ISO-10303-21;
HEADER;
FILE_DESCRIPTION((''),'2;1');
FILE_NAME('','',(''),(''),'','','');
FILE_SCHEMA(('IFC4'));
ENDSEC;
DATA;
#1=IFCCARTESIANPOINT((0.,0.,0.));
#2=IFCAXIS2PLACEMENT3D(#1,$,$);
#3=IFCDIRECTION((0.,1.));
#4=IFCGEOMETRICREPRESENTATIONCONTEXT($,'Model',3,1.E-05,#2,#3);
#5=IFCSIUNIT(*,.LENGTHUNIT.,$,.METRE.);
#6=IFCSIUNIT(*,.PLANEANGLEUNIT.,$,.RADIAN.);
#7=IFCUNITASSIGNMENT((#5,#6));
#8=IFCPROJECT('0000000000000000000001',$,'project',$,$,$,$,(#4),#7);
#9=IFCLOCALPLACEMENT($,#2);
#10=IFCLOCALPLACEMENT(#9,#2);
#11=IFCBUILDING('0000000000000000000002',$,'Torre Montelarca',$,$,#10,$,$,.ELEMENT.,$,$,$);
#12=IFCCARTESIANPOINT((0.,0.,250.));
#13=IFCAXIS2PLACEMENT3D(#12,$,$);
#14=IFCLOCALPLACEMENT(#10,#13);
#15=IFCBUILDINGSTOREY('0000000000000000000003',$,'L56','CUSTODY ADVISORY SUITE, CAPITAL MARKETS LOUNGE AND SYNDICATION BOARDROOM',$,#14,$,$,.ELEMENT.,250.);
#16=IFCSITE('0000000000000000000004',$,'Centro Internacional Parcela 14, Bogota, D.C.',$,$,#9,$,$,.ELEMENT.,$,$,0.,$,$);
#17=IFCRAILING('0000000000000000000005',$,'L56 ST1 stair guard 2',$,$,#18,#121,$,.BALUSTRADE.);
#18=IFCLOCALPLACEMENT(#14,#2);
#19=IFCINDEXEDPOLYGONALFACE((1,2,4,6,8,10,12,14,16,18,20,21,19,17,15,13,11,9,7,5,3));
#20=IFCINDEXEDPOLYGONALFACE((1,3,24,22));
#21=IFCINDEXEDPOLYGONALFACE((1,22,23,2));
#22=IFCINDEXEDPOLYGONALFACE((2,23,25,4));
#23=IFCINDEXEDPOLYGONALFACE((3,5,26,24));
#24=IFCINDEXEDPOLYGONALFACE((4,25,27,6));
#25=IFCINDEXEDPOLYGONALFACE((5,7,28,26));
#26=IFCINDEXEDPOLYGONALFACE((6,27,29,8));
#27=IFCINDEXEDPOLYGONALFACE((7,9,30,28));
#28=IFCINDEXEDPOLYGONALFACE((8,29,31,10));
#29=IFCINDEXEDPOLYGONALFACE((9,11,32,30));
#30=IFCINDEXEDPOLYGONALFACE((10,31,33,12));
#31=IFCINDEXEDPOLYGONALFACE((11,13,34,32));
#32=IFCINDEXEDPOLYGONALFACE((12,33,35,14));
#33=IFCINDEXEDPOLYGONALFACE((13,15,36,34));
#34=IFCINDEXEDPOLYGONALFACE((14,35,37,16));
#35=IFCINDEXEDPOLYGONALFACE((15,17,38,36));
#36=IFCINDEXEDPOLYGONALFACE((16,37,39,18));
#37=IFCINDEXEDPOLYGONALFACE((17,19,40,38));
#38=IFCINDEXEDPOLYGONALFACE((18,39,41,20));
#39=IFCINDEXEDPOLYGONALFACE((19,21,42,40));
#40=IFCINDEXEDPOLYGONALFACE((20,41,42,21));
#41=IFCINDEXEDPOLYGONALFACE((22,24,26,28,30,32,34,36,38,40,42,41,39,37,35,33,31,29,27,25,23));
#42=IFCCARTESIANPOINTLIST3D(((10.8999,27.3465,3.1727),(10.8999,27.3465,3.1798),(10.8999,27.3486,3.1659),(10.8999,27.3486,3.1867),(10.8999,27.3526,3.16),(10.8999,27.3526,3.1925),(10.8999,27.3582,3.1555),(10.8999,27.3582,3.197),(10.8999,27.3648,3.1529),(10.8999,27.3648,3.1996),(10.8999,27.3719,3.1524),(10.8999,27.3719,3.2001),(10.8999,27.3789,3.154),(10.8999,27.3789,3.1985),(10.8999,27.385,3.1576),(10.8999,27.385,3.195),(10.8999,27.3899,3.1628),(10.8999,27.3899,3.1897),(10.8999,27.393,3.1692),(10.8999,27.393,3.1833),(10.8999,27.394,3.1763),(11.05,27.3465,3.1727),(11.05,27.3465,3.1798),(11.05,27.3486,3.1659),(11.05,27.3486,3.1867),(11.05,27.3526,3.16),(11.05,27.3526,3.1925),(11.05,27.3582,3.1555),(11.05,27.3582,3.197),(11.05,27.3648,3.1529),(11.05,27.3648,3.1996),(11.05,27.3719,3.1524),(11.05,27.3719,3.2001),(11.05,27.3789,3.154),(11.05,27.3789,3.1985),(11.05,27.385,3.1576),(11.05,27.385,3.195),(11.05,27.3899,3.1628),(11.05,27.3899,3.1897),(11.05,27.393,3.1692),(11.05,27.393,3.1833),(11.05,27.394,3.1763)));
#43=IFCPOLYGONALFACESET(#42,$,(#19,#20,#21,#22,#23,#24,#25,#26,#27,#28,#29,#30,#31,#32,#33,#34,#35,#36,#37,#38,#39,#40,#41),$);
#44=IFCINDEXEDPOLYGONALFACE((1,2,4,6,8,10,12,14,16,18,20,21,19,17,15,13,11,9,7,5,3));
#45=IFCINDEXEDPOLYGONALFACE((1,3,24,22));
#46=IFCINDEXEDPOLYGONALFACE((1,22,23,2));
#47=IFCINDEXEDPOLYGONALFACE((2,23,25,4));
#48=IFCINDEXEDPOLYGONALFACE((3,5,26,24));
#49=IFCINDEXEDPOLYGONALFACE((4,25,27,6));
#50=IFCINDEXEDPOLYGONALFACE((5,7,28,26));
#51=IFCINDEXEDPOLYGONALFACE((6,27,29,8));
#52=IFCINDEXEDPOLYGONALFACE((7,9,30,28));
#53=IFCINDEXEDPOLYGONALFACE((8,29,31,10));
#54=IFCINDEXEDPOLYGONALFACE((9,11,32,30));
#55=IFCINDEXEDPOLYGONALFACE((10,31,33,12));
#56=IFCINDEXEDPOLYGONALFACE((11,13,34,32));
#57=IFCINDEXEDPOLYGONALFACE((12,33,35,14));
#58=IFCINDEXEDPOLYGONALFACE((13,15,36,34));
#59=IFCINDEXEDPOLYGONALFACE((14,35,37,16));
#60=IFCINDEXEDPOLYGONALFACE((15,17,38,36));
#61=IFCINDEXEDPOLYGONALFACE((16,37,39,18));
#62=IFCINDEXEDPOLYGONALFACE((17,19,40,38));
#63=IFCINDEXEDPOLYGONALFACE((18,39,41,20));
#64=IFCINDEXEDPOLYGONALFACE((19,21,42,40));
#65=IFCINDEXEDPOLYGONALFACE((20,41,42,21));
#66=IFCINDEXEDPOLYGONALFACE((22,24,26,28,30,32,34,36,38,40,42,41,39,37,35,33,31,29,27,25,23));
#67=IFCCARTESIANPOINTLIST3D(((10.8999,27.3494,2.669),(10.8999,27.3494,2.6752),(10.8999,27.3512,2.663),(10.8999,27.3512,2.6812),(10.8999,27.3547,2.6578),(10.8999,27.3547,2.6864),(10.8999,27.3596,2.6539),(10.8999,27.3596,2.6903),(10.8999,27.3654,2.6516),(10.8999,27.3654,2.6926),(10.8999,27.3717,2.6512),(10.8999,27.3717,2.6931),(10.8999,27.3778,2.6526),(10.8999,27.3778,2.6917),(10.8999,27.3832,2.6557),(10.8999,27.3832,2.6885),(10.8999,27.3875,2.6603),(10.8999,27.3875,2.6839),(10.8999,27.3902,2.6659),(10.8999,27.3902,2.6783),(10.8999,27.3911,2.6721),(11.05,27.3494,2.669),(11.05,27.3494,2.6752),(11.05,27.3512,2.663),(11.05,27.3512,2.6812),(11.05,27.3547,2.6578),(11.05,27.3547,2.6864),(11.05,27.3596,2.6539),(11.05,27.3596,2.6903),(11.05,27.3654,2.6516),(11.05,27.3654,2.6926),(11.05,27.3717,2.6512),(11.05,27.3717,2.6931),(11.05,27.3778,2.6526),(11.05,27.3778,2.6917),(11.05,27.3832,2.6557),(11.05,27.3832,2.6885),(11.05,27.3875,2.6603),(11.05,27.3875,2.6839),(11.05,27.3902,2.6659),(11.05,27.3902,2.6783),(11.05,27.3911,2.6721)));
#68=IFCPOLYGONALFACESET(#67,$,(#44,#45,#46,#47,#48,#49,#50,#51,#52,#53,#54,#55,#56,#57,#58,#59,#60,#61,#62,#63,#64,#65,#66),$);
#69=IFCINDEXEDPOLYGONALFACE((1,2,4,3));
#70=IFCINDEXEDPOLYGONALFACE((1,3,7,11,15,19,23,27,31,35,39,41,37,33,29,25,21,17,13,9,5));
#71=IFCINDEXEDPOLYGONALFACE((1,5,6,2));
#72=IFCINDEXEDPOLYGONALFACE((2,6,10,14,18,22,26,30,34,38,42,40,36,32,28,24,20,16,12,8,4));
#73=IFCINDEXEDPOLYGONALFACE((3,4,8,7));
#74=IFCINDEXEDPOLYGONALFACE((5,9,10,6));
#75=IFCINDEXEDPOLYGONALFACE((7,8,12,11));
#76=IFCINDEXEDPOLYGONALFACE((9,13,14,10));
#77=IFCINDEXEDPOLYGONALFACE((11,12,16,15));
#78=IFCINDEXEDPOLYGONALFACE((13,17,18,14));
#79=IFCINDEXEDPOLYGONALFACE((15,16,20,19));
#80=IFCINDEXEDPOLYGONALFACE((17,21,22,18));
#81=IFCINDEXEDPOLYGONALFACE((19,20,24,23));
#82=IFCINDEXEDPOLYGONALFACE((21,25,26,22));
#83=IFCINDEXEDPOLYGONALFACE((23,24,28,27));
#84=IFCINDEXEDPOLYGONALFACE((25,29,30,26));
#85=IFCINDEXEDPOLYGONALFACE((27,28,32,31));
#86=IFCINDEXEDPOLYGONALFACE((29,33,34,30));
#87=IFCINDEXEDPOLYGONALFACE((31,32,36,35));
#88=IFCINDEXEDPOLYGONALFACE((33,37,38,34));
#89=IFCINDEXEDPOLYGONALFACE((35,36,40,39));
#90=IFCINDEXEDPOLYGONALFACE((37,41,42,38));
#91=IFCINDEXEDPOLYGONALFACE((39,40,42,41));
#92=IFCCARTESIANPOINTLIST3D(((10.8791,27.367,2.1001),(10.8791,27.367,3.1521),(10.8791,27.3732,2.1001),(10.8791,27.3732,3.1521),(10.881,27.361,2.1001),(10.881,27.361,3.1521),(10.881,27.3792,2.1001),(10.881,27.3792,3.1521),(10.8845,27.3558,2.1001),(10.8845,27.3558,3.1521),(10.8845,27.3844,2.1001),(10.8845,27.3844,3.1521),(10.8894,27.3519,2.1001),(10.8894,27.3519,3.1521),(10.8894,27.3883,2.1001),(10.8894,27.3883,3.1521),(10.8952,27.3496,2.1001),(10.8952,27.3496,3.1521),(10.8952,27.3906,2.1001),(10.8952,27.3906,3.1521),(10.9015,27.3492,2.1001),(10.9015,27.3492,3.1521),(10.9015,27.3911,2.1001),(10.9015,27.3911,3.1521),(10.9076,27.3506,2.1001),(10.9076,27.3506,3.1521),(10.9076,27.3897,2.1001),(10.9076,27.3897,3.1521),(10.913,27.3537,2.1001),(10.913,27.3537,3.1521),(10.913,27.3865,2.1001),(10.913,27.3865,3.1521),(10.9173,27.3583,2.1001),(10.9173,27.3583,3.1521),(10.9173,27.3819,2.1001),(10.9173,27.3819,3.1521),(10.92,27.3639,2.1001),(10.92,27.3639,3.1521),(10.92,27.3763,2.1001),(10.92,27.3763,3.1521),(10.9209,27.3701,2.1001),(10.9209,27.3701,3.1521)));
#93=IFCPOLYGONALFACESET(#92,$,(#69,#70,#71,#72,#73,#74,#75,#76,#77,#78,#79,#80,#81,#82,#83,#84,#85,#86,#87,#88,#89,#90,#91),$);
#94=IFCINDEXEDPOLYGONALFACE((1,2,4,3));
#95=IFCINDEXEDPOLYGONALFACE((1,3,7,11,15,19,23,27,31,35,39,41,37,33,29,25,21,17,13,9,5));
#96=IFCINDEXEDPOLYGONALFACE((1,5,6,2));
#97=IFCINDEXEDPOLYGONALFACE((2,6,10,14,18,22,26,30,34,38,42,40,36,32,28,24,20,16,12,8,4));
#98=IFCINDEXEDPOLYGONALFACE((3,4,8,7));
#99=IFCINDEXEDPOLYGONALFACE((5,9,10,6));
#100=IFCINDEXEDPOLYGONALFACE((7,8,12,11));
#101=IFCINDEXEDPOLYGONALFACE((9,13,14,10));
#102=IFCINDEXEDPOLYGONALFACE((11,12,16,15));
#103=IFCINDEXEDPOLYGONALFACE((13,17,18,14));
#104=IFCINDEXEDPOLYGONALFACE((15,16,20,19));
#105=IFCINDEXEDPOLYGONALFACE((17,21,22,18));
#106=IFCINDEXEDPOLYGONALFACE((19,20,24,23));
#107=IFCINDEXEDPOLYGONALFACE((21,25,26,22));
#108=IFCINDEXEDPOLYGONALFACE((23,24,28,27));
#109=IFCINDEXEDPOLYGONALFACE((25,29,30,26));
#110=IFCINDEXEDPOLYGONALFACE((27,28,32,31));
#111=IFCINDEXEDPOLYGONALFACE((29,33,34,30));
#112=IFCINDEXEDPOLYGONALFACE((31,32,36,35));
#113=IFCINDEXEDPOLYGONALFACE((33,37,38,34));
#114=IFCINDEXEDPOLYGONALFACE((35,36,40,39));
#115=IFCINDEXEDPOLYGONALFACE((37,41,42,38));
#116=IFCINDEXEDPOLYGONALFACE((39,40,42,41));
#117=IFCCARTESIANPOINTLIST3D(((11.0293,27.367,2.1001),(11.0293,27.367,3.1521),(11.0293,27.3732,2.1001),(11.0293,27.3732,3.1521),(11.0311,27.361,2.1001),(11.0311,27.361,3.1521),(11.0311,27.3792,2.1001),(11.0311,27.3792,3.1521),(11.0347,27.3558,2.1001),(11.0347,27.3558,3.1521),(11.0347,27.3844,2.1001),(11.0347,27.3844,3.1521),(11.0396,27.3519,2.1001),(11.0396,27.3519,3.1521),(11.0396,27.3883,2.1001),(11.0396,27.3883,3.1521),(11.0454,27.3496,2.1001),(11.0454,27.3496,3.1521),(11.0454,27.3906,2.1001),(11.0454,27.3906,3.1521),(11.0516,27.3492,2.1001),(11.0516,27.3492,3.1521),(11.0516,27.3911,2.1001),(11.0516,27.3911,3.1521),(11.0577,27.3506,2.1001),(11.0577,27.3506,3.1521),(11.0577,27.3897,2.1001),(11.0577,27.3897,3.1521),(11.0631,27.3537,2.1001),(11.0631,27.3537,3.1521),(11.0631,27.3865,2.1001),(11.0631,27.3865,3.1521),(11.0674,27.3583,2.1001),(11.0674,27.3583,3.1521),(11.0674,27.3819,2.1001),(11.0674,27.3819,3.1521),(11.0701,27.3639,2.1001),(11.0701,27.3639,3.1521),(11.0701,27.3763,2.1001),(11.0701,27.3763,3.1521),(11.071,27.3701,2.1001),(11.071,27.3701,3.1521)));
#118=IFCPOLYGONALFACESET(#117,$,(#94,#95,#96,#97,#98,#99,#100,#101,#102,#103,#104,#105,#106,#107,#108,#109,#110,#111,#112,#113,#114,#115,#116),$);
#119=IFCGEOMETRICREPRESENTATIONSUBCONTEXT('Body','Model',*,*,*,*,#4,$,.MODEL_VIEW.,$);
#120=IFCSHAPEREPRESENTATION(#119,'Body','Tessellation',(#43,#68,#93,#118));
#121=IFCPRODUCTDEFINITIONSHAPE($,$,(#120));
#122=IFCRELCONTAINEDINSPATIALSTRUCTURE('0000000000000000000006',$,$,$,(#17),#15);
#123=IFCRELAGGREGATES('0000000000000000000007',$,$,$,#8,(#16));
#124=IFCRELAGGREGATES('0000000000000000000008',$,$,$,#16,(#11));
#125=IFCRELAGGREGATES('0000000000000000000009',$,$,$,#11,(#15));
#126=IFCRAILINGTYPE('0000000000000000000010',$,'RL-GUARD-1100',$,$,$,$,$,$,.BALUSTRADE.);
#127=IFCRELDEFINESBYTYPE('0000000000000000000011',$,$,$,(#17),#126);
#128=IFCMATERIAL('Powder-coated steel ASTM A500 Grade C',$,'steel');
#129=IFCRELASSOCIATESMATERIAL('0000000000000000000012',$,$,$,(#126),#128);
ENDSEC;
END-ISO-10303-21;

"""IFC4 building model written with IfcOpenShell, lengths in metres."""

from ifc_helpers import new_model, si_unit, direction, frame, origin, origin_2d, place, context, subcontext, project, spatial, circle, extrude, material, type_object, element, save


model = new_model("IFC4")

# Units and contexts
model_context = context("Model", 3, precision=1e-05, world=origin(), true_north=direction((0.0, 1.0)))
body_context = subcontext(model_context, "Body", "Model", "MODEL_VIEW")
ifc_project = project(units=[si_unit("LENGTHUNIT", "METRE"), si_unit("PLANEANGLEUNIT", "RADIAN")], contexts=[model_context])

# Site, building, storey
site_placement = place(None, origin())
site = spatial("IfcSite", under=ifc_project, at=site_placement, Name="Centro Internacional Parcela 14, Bogota, D.C.", CompositionType="ELEMENT", RefElevation=0.0)
building_placement = place(site_placement, origin())
building = spatial("IfcBuilding", under=site, at=building_placement, Name="Torre Montelarca", CompositionType="ELEMENT")
storey_placement = place(building_placement, frame((0.0, 0.0, 250.0)))
storey = spatial("IfcBuildingStorey", under=building, at=storey_placement, Name="L56", Description="CUSTODY ADVISORY SUITE, CAPITAL MARKETS LOUNGE AND SYNDICATION BOARDROOM", CompositionType="ELEMENT", Elevation=250.0)

# Railing
ifc_material_1 = material(Name="Powder-coated steel ASTM A500 Grade C", Category="steel")
railing_type_1 = type_object("IfcRailingType", Name="RL-GUARD-1100", PredefinedType="BALUSTRADE", material=ifc_material_1)
railing_1_placement = place(storey_placement, frame((10.8999, 27.3701, 2.1001)))
element("IfcRailing", 1, at=railing_1_placement, inside=storey, type_object=railing_type_1, Name="L56 ST1 stair guard 2", PredefinedType="BALUSTRADE", context=body_context, shape_type="SweptSolid", body=[
    extrude(circle(Radius=0.0239, at=origin_2d()), frame((0.0, 0.0, 1.0762), z_axis=(1.0, 0.0, 0.0), x_axis=(0.0, 1.0, 0.0)), (0.0, 0.0, 1.0), 0.1501),
    extrude(circle(Radius=0.021, at=origin_2d()), frame((0.0, 0.0, 0.572), z_axis=(1.0, 0.0, 0.0), x_axis=(0.0, 1.0, 0.0)), (0.0, 0.0, 1.0), 0.1501),
    extrude(circle(Radius=0.021, at=origin_2d()), origin(), (0.0, 0.0, 1.0), 1.052),
    extrude(circle(Radius=0.021, at=origin_2d()), frame((0.1501, 0.0, 0.0)), (0.0, 0.0, 1.0), 1.052),
])

save(model, "model.ifc")
